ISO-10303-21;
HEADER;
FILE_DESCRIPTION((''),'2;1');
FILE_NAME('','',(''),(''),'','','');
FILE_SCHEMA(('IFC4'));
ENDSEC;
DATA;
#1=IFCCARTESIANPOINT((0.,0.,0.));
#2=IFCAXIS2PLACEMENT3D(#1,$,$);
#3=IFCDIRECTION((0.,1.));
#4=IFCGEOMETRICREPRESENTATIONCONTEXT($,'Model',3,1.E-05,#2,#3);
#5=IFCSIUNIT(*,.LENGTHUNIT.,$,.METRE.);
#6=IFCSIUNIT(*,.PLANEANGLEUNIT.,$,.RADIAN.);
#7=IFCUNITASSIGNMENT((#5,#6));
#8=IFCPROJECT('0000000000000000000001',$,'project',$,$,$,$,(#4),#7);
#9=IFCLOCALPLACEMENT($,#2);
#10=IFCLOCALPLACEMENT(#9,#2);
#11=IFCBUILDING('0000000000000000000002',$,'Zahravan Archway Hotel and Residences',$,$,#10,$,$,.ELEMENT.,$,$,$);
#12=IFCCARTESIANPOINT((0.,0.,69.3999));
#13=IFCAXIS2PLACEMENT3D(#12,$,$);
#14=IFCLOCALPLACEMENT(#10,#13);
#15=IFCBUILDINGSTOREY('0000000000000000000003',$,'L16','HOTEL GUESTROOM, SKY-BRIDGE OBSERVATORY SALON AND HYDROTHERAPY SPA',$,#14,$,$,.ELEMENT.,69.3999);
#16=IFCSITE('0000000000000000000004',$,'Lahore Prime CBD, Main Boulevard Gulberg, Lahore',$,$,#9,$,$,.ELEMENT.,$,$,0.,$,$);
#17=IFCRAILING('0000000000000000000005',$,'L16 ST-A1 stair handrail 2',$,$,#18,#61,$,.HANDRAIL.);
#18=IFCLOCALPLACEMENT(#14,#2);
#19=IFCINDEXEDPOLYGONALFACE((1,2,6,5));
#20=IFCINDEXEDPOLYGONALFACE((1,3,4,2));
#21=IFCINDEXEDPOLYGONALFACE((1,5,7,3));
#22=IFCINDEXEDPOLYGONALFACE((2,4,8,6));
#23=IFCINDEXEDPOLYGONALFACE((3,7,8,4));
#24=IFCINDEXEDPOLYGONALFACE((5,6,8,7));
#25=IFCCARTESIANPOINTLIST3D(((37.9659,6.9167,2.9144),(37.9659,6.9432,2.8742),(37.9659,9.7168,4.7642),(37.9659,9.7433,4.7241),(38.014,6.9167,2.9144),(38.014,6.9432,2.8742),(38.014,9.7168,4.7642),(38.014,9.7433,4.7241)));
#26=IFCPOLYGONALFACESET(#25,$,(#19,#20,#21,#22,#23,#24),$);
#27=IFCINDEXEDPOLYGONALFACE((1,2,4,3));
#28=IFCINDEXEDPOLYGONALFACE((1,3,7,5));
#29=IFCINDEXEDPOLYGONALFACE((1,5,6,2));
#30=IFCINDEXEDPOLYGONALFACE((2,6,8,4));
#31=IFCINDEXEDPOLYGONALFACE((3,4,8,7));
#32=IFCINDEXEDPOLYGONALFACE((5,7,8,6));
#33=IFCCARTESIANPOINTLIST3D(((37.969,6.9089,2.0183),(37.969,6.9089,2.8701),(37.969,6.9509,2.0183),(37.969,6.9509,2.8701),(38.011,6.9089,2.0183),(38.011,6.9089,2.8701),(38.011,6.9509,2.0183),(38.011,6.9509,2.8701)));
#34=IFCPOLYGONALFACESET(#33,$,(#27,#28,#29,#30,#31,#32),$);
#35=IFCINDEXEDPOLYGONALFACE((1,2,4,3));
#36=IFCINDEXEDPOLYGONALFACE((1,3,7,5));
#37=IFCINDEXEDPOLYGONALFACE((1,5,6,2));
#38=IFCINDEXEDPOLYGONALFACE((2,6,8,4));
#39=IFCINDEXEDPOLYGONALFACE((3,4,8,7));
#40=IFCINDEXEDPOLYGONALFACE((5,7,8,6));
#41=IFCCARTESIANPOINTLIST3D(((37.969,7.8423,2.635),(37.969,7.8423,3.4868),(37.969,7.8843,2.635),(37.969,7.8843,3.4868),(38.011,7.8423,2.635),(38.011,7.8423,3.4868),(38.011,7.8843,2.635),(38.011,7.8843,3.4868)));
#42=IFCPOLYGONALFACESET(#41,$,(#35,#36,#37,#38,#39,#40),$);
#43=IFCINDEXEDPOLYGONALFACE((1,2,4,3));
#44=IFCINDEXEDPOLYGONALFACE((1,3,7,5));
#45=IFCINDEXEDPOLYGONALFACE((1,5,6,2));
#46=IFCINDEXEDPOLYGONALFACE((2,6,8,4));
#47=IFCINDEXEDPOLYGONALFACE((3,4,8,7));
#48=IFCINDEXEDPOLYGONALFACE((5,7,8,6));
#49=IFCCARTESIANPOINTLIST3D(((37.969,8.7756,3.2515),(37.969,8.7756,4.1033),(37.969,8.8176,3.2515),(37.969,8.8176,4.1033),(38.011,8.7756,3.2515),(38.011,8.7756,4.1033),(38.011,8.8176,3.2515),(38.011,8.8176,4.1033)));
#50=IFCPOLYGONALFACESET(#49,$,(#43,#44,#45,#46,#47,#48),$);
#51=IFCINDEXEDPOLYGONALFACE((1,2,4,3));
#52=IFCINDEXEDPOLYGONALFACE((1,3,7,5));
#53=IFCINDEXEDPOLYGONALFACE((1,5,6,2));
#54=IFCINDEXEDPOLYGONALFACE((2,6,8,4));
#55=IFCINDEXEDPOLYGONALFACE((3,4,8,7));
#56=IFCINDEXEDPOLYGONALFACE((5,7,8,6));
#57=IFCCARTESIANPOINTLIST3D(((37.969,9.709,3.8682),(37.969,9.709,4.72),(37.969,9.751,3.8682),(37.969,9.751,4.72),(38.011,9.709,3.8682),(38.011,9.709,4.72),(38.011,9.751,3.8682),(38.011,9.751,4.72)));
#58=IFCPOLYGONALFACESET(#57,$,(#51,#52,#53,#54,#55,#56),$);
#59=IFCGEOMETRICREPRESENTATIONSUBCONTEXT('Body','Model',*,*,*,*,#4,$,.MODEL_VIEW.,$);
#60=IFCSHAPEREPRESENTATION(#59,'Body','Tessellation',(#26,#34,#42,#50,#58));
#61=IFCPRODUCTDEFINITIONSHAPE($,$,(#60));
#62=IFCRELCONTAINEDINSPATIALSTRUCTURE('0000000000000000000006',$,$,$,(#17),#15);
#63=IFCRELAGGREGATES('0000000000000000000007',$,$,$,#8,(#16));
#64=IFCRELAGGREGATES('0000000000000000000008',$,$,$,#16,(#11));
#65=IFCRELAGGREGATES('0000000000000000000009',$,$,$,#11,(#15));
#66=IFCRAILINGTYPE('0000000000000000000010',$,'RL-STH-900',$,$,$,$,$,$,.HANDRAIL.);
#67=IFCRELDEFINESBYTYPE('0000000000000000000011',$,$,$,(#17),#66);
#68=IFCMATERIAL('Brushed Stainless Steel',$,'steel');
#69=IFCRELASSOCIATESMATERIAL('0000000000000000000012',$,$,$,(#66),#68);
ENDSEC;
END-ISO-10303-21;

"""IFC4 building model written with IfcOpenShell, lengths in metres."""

from ifc_helpers import new_model, si_unit, direction, frame, origin, origin_2d, place, context, subcontext, project, spatial, rectangle, extrude, material, type_object, element, save


model = new_model("IFC4")

# Units and contexts
model_context = context("Model", 3, precision=1e-05, world=origin(), true_north=direction((0.0, 1.0)))
body_context = subcontext(model_context, "Body", "Model", "MODEL_VIEW")
ifc_project = project(units=[si_unit("LENGTHUNIT", "METRE"), si_unit("PLANEANGLEUNIT", "RADIAN")], contexts=[model_context])

# Site, building, storey
site_placement = place(None, origin())
site = spatial("IfcSite", under=ifc_project, at=site_placement, Name="Lahore Prime CBD, Main Boulevard Gulberg, Lahore", CompositionType="ELEMENT", RefElevation=0.0)
building_placement = place(site_placement, origin())
building = spatial("IfcBuilding", under=site, at=building_placement, Name="Zahravan Archway Hotel and Residences", CompositionType="ELEMENT")
storey_placement = place(building_placement, frame((0.0, 0.0, 69.3999)))
storey = spatial("IfcBuildingStorey", under=building, at=storey_placement, Name="L16", Description="HOTEL GUESTROOM, SKY-BRIDGE OBSERVATORY SALON AND HYDROTHERAPY SPA", CompositionType="ELEMENT", Elevation=69.3999)

# Railing
ifc_material_1 = material(Name="Brushed Stainless Steel", Category="steel")
railing_type_1 = type_object("IfcRailingType", Name="RL-STH-900", PredefinedType="HANDRAIL", material=ifc_material_1)
railing_1_placement = place(storey_placement, frame((37.99, 6.9299, 2.0183)))
element("IfcRailing", 1, at=railing_1_placement, inside=storey, type_object=railing_type_1, Name="L16 ST-A1 stair handrail 2", PredefinedType="HANDRAIL", context=body_context, shape_type="SweptSolid", body=[
    extrude(rectangle(XDim=0.0481, YDim=0.0481, at=origin_2d()), frame((0.0, 0.0, 0.876), z_axis=(0.0, 0.83436, 0.55122), x_axis=(-1.0, 0.0, 0.0)), (0.0, 0.0, 1.0), 3.356),
    extrude(rectangle(XDim=0.042, YDim=0.042, at=origin_2d()), origin(), (0.0, 0.0, 1.0), 0.8518),
    extrude(rectangle(XDim=0.042, YDim=0.042, at=origin_2d()), frame((0.0, 0.9333, 0.6167)), (0.0, 0.0, 1.0), 0.8518),
    extrude(rectangle(XDim=0.042, YDim=0.042, at=origin_2d()), frame((0.0, 1.8667, 1.2332)), (0.0, 0.0, 1.0), 0.8518),
    extrude(rectangle(XDim=0.042, YDim=0.042, at=origin_2d()), frame((0.0, 2.8, 1.8499)), (0.0, 0.0, 1.0), 0.8518),
])

save(model, "model.ifc")
